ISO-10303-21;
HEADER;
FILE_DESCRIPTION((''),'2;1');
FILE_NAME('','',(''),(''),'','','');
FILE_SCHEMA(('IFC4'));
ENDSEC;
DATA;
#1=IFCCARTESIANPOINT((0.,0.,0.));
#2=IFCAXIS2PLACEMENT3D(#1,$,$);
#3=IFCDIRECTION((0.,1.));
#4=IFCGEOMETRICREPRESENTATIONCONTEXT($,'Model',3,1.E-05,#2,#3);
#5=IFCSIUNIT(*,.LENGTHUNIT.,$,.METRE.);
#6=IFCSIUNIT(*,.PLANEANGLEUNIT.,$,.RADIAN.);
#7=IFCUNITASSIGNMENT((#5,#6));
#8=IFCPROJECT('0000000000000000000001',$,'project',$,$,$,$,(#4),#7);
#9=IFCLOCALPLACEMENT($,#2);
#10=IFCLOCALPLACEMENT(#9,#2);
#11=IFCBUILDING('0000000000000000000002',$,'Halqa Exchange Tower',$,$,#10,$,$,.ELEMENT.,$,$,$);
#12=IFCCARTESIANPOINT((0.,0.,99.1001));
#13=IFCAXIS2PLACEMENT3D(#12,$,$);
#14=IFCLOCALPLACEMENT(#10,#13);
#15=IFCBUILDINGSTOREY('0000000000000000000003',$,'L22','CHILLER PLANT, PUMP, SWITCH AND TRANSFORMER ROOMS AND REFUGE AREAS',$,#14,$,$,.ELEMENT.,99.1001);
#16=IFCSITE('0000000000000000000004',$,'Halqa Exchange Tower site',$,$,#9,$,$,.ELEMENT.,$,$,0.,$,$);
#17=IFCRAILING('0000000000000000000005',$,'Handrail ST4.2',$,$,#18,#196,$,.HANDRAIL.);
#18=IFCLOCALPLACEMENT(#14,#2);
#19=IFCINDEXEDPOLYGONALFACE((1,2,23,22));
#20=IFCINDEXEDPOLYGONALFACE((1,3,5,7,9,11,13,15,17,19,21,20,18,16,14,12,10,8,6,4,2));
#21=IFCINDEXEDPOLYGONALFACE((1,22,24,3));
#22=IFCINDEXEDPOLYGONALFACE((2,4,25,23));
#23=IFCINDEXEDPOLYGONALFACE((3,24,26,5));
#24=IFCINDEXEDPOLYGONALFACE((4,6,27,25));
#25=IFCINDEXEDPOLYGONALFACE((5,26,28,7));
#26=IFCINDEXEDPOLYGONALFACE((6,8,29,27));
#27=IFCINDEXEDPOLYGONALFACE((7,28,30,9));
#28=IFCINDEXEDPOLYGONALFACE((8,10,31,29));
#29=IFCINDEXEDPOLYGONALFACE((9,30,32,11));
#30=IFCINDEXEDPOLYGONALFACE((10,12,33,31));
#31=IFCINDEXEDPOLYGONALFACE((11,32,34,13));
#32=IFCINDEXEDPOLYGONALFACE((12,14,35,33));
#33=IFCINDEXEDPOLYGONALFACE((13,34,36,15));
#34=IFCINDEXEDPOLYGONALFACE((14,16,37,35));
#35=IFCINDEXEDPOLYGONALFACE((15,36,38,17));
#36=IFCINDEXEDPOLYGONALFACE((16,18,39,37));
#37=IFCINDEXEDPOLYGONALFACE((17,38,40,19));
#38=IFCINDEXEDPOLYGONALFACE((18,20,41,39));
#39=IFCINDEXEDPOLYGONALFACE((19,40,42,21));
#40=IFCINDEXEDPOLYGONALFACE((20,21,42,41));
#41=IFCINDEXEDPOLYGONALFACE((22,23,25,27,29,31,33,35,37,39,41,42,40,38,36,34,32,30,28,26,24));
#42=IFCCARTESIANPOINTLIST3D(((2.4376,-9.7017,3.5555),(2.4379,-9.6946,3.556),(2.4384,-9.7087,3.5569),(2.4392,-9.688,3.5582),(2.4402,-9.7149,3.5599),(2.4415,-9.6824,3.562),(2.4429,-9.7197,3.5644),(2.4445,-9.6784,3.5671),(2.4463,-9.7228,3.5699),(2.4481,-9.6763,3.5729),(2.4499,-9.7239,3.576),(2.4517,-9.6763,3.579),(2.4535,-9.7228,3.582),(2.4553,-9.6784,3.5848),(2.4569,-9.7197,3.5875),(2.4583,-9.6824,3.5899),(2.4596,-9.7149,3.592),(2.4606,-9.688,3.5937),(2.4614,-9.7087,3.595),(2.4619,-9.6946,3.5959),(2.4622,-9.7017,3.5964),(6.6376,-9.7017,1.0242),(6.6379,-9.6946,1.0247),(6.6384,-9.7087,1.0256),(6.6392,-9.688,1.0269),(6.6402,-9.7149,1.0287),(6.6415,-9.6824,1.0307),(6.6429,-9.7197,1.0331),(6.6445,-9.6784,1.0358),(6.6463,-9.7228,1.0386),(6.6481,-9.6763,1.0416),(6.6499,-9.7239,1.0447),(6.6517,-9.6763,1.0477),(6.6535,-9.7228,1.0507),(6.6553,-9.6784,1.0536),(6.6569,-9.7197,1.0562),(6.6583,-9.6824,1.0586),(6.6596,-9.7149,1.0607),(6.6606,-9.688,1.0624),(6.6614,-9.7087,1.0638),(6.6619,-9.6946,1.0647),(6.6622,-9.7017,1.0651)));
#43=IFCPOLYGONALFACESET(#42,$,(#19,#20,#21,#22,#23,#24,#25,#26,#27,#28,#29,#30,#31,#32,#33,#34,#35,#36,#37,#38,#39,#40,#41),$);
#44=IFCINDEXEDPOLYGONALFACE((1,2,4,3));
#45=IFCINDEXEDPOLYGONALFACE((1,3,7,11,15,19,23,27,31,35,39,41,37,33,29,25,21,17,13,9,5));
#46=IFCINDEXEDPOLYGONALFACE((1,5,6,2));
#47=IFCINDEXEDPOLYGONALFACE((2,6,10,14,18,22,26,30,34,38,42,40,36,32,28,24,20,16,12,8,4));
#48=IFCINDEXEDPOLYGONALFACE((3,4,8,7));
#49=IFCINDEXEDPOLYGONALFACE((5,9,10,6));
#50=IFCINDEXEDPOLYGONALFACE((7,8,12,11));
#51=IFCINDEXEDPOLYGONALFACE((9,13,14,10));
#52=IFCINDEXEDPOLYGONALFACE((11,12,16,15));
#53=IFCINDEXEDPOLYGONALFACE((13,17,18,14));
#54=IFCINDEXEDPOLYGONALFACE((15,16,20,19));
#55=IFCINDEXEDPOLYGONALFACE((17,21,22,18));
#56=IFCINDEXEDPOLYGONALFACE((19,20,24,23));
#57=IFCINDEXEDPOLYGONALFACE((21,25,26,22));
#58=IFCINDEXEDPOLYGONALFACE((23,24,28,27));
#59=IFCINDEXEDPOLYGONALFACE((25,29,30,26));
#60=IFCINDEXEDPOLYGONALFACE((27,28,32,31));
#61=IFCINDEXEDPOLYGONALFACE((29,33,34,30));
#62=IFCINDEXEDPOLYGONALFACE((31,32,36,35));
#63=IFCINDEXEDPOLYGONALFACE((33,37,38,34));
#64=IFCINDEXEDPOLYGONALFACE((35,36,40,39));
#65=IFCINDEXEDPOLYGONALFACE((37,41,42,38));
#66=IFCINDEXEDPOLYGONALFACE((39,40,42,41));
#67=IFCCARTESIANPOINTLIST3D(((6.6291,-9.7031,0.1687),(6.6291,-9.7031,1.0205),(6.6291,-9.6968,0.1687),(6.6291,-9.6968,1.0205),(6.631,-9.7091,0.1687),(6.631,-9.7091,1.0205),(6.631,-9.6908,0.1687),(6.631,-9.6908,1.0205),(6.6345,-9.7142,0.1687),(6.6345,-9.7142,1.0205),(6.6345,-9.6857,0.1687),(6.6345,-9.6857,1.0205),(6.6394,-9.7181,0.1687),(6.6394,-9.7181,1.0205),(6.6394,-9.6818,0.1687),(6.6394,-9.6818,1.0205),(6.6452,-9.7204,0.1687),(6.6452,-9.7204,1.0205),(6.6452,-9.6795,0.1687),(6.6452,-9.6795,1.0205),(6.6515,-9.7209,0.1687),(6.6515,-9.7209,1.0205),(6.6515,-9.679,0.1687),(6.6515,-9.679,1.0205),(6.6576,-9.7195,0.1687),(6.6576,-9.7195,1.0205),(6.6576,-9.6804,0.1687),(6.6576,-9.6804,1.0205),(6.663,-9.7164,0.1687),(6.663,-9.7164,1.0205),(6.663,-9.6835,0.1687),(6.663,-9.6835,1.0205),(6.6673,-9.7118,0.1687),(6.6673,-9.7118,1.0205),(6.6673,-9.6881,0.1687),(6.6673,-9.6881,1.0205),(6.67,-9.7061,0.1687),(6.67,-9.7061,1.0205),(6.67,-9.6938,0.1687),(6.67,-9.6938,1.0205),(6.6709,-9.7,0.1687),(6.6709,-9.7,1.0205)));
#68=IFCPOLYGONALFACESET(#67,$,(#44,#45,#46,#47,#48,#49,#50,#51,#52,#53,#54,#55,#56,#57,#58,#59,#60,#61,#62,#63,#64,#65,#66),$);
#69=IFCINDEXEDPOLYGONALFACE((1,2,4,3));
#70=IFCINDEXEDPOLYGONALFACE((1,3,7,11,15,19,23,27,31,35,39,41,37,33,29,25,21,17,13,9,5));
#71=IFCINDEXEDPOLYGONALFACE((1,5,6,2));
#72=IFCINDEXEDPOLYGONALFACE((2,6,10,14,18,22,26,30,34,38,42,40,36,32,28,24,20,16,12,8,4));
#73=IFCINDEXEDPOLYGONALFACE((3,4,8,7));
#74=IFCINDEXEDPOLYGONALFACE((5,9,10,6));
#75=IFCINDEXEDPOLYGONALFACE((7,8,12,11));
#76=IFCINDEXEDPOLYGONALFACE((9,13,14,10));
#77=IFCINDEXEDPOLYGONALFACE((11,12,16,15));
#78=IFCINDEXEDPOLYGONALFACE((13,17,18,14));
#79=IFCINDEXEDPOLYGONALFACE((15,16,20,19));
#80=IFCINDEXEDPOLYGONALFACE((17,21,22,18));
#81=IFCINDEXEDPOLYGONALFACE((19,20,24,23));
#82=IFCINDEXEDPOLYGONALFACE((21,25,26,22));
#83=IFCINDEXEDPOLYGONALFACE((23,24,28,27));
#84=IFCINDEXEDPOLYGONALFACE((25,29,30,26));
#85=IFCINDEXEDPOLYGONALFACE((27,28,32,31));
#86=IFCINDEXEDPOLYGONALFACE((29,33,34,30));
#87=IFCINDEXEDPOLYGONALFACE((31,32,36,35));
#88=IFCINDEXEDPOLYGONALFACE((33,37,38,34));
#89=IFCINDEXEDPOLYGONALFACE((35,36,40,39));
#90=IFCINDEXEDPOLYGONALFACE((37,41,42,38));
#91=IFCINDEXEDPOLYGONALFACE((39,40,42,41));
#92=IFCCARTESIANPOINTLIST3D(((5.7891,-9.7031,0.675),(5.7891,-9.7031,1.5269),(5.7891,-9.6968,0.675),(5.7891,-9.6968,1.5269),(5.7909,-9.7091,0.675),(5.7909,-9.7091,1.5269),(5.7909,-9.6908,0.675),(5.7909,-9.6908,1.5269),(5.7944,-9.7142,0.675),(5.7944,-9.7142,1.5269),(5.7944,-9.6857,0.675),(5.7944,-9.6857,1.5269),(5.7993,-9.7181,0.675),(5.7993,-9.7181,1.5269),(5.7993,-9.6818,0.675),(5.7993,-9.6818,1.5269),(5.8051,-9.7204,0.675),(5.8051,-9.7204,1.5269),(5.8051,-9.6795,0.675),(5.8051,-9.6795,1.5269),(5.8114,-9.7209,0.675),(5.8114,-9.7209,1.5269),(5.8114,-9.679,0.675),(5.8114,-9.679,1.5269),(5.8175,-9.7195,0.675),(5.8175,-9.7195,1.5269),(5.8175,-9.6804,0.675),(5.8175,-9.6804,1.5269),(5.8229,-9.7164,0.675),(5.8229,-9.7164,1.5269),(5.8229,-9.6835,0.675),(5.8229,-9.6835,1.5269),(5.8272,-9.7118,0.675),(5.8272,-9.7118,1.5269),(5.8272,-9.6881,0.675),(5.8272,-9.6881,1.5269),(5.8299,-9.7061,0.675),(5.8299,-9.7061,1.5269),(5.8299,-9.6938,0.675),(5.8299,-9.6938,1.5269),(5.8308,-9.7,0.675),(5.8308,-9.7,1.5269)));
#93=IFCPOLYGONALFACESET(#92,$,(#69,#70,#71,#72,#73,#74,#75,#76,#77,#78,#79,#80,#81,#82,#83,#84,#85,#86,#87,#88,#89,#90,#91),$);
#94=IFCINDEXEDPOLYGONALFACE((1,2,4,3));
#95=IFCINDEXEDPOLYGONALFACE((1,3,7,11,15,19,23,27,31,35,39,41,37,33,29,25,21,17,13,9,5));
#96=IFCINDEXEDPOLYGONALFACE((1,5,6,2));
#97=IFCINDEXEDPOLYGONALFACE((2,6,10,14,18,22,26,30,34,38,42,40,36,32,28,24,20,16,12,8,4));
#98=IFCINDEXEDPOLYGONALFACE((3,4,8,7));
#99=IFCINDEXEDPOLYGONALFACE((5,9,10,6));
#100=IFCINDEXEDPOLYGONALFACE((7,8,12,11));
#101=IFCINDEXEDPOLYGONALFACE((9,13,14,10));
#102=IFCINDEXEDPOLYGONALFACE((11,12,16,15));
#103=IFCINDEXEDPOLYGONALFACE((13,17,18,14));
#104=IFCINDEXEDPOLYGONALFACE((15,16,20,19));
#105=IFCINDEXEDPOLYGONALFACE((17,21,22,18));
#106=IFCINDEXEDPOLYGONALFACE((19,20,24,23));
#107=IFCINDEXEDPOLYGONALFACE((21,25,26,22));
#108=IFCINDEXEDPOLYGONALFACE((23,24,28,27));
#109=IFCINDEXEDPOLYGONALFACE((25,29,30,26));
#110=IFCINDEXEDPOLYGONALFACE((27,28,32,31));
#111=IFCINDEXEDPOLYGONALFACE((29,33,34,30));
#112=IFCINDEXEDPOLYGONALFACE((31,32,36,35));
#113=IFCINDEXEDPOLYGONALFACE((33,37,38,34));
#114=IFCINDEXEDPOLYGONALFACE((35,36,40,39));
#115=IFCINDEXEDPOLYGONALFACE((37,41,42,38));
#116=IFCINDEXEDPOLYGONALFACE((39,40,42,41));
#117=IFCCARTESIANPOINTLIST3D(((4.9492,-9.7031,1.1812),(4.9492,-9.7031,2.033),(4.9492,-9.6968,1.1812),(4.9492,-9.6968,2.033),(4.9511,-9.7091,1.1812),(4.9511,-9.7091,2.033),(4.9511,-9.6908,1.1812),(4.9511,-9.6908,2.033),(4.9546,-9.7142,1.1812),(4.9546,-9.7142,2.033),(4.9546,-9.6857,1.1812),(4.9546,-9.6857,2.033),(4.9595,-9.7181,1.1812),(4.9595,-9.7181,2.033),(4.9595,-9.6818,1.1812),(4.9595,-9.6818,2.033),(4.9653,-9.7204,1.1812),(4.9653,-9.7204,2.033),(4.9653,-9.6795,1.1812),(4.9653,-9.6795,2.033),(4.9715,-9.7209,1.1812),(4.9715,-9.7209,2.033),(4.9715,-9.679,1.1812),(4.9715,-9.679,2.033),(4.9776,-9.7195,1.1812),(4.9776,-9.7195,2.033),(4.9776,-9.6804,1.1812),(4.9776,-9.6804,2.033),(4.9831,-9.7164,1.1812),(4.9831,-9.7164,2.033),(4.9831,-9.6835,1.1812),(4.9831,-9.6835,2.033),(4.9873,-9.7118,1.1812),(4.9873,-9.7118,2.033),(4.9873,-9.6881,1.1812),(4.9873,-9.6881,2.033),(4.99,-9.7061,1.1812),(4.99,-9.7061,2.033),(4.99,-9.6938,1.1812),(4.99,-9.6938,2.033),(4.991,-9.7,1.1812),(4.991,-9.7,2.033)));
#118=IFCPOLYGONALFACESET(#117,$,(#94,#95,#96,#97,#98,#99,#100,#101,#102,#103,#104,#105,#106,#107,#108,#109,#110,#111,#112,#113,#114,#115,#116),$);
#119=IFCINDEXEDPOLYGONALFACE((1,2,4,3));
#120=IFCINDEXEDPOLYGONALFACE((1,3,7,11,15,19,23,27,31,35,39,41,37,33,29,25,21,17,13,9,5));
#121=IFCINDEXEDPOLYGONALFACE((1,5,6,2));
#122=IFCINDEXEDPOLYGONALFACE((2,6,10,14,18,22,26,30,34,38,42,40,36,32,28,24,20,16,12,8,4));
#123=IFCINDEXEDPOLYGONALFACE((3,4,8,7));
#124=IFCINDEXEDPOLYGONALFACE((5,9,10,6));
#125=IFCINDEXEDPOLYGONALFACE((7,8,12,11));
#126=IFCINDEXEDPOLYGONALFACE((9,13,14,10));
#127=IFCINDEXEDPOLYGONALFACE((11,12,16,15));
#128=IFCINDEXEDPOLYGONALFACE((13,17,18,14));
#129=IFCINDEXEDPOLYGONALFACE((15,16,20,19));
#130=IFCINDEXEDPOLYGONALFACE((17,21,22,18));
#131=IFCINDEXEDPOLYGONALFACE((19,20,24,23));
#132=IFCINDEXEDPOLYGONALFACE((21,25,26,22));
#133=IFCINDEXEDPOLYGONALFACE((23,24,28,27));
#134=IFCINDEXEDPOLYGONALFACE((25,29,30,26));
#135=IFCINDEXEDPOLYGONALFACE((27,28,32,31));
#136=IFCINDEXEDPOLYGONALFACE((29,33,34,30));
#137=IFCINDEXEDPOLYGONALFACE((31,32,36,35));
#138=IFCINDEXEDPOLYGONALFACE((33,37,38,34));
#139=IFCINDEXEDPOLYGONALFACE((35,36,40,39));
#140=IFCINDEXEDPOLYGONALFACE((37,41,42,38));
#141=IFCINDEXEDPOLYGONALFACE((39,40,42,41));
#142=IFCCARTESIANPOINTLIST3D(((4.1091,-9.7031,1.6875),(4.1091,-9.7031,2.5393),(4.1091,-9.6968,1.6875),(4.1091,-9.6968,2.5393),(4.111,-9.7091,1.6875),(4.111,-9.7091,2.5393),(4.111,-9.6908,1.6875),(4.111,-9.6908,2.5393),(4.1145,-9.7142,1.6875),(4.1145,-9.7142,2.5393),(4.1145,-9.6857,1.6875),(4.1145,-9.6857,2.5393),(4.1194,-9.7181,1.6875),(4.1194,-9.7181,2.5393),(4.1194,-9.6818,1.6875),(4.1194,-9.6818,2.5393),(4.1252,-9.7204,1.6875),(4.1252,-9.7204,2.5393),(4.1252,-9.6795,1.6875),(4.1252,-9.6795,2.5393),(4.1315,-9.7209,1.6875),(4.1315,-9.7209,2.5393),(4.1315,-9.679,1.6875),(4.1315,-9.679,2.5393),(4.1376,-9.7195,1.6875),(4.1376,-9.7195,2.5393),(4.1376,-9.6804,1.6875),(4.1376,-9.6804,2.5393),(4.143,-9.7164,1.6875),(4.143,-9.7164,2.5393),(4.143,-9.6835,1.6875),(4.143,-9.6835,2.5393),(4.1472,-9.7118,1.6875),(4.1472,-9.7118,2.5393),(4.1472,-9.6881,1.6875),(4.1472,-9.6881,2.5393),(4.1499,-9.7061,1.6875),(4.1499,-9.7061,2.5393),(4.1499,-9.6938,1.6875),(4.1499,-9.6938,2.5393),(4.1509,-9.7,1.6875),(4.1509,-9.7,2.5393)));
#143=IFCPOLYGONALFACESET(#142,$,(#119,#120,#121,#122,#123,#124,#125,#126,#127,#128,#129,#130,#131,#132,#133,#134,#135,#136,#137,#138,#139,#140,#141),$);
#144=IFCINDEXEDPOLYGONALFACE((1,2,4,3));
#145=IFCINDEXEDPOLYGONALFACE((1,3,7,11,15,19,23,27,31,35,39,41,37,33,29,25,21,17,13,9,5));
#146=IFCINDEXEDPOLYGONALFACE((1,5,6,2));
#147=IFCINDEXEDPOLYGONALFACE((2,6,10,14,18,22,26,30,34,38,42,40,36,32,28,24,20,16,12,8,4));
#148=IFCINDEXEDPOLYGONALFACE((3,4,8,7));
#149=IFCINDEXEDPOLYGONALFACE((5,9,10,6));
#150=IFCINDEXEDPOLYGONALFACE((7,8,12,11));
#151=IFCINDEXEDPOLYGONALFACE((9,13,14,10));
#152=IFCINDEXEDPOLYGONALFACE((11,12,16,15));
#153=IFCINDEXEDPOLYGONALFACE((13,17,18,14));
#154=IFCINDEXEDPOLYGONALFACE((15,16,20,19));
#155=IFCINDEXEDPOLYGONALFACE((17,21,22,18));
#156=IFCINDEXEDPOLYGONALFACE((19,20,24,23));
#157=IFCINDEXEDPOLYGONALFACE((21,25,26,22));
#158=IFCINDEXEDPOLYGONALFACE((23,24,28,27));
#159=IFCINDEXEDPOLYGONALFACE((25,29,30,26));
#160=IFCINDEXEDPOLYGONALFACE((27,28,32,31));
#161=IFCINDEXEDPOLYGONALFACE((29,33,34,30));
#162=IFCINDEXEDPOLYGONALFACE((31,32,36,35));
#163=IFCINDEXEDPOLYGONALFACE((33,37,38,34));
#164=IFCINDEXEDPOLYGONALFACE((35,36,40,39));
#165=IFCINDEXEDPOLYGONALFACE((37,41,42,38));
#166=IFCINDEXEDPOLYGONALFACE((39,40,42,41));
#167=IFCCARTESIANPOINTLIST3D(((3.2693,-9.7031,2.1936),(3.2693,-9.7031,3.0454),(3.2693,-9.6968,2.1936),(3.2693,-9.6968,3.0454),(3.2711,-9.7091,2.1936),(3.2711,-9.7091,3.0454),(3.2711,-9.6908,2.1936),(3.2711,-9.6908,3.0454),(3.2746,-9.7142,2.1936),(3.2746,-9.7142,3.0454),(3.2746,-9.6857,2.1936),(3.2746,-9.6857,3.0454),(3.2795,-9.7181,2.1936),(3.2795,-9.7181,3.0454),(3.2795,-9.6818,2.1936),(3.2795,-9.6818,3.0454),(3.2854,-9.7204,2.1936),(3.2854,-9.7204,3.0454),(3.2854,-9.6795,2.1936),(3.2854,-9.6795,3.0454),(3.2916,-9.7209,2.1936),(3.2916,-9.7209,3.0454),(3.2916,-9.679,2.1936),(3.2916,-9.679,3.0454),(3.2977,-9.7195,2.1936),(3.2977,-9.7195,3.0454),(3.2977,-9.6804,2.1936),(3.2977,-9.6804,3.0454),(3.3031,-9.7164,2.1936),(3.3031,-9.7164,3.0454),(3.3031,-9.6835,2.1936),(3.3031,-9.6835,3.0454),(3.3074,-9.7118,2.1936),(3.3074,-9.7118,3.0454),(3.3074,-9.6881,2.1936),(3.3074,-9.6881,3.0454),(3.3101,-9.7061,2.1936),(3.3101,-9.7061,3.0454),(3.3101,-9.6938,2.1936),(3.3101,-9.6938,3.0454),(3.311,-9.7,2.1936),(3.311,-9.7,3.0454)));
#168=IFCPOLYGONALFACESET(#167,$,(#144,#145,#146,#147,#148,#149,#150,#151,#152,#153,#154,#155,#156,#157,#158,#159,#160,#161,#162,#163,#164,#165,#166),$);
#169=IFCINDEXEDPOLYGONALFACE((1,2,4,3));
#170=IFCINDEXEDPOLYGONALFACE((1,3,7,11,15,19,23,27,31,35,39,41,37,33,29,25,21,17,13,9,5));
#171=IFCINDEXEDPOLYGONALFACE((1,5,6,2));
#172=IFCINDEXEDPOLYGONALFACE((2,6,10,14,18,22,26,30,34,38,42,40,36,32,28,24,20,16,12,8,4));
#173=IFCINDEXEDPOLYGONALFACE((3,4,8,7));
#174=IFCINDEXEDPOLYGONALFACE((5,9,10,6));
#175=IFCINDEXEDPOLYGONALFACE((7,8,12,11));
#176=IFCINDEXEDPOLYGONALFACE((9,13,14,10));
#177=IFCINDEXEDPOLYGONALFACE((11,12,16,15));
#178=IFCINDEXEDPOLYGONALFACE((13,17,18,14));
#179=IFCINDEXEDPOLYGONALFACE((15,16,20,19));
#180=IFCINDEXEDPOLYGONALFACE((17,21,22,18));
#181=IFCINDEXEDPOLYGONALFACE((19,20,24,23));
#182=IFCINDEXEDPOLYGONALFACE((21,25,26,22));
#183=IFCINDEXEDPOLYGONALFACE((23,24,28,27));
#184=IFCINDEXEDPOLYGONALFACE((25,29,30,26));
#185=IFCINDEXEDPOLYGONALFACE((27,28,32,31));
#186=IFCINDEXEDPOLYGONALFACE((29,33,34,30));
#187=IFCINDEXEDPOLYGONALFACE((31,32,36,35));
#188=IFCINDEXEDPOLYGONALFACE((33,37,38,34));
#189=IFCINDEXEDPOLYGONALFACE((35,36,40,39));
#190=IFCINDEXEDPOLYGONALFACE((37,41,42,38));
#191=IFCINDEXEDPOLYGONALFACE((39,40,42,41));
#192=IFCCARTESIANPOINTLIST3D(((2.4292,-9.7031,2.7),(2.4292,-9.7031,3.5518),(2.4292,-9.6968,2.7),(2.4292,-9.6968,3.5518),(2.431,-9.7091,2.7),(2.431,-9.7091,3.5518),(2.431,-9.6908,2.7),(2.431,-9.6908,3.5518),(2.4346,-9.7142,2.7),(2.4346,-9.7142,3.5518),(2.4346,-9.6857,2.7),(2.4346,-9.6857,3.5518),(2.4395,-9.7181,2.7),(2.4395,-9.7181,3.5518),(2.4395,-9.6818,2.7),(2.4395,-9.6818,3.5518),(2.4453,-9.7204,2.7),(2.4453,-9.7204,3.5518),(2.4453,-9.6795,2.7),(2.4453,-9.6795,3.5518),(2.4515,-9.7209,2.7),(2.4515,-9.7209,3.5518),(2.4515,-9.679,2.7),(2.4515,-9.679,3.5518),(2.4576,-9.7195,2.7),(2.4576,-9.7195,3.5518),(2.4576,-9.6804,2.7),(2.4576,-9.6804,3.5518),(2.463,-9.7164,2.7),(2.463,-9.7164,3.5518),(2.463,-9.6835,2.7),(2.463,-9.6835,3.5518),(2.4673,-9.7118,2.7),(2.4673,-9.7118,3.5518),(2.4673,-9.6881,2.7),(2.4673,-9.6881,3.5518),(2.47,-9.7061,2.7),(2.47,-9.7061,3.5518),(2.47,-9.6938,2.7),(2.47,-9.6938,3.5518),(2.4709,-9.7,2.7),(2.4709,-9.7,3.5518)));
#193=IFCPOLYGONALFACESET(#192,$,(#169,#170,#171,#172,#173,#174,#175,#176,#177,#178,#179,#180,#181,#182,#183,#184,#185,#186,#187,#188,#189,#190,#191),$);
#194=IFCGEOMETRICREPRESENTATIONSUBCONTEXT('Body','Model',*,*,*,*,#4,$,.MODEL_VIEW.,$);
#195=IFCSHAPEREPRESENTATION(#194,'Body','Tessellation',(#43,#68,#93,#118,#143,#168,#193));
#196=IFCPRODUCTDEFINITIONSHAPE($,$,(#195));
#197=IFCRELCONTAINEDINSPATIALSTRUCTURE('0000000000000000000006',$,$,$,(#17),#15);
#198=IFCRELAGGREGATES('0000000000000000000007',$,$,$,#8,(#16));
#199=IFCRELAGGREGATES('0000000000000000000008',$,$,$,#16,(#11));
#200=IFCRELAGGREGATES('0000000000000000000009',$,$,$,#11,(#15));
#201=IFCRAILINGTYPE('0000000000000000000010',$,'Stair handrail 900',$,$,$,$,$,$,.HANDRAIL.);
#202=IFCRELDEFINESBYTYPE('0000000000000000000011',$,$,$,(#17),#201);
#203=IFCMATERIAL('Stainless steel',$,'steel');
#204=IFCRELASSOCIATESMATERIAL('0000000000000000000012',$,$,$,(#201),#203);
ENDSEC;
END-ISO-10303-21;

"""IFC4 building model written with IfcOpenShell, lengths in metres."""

from ifc_helpers import new_model, si_unit, direction, frame, origin, origin_2d, place, context, subcontext, project, spatial, circle, extrude, material, type_object, element, save


model = new_model("IFC4")

# Units and contexts
model_context = context("Model", 3, precision=1e-05, world=origin(), true_north=direction((0.0, 1.0)))
body_context = subcontext(model_context, "Body", "Model", "MODEL_VIEW")
ifc_project = project(units=[si_unit("LENGTHUNIT", "METRE"), si_unit("PLANEANGLEUNIT", "RADIAN")], contexts=[model_context])

# Site, building, storey
site_placement = place(None, origin())
site = spatial("IfcSite", under=ifc_project, at=site_placement, Name="Halqa Exchange Tower site", CompositionType="ELEMENT", RefElevation=0.0)
building_placement = place(site_placement, origin())
building = spatial("IfcBuilding", under=site, at=building_placement, Name="Halqa Exchange Tower", CompositionType="ELEMENT")
storey_placement = place(building_placement, frame((0.0, 0.0, 99.1001)))
storey = spatial("IfcBuildingStorey", under=building, at=storey_placement, Name="L22", Description="CHILLER PLANT, PUMP, SWITCH AND TRANSFORMER ROOMS AND REFUGE AREAS", CompositionType="ELEMENT", Elevation=99.1001)

# Railing
ifc_material_1 = material(Name="Stainless steel", Category="steel")
railing_type = type_object("IfcRailingType", Name="Stair handrail 900", PredefinedType="HANDRAIL", material=ifc_material_1)
railing_1_placement = place(storey_placement, frame((6.6499, -9.7, 0.1687)))
element("IfcRailing", 1, at=railing_1_placement, inside=storey, type_object=railing_type, Name="Handrail ST4.2", PredefinedType="HANDRAIL", context=body_context, shape_type="SweptSolid", body=[
    extrude(circle(Radius=0.0239, at=origin_2d()), frame((0.0, 0.0, 0.876), z_axis=(-0.856476, 0.0, 0.516186), x_axis=(0.0, -1.0, 0.0)), (0.0, 0.0, 1.0), 4.9038),
    extrude(circle(Radius=0.021, at=origin_2d()), origin(), (0.0, 0.0, 1.0), 0.8518),
    extrude(circle(Radius=0.021, at=origin_2d()), frame((-0.8401, 0.0, 0.5063)), (0.0, 0.0, 1.0), 0.8518),
    extrude(circle(Radius=0.021, at=origin_2d()), frame((-1.6799, 0.0, 1.0125)), (0.0, 0.0, 1.0), 0.8518),
    extrude(circle(Radius=0.021, at=origin_2d()), frame((-2.52, 0.0, 1.5188)), (0.0, 0.0, 1.0), 0.8518),
    extrude(circle(Radius=0.021, at=origin_2d()), frame((-3.3599, 0.0, 2.0249)), (0.0, 0.0, 1.0), 0.8518),
    extrude(circle(Radius=0.021, at=origin_2d()), frame((-4.2, 0.0, 2.5312)), (0.0, 0.0, 1.0), 0.8518),
])

save(model, "model.ifc")
